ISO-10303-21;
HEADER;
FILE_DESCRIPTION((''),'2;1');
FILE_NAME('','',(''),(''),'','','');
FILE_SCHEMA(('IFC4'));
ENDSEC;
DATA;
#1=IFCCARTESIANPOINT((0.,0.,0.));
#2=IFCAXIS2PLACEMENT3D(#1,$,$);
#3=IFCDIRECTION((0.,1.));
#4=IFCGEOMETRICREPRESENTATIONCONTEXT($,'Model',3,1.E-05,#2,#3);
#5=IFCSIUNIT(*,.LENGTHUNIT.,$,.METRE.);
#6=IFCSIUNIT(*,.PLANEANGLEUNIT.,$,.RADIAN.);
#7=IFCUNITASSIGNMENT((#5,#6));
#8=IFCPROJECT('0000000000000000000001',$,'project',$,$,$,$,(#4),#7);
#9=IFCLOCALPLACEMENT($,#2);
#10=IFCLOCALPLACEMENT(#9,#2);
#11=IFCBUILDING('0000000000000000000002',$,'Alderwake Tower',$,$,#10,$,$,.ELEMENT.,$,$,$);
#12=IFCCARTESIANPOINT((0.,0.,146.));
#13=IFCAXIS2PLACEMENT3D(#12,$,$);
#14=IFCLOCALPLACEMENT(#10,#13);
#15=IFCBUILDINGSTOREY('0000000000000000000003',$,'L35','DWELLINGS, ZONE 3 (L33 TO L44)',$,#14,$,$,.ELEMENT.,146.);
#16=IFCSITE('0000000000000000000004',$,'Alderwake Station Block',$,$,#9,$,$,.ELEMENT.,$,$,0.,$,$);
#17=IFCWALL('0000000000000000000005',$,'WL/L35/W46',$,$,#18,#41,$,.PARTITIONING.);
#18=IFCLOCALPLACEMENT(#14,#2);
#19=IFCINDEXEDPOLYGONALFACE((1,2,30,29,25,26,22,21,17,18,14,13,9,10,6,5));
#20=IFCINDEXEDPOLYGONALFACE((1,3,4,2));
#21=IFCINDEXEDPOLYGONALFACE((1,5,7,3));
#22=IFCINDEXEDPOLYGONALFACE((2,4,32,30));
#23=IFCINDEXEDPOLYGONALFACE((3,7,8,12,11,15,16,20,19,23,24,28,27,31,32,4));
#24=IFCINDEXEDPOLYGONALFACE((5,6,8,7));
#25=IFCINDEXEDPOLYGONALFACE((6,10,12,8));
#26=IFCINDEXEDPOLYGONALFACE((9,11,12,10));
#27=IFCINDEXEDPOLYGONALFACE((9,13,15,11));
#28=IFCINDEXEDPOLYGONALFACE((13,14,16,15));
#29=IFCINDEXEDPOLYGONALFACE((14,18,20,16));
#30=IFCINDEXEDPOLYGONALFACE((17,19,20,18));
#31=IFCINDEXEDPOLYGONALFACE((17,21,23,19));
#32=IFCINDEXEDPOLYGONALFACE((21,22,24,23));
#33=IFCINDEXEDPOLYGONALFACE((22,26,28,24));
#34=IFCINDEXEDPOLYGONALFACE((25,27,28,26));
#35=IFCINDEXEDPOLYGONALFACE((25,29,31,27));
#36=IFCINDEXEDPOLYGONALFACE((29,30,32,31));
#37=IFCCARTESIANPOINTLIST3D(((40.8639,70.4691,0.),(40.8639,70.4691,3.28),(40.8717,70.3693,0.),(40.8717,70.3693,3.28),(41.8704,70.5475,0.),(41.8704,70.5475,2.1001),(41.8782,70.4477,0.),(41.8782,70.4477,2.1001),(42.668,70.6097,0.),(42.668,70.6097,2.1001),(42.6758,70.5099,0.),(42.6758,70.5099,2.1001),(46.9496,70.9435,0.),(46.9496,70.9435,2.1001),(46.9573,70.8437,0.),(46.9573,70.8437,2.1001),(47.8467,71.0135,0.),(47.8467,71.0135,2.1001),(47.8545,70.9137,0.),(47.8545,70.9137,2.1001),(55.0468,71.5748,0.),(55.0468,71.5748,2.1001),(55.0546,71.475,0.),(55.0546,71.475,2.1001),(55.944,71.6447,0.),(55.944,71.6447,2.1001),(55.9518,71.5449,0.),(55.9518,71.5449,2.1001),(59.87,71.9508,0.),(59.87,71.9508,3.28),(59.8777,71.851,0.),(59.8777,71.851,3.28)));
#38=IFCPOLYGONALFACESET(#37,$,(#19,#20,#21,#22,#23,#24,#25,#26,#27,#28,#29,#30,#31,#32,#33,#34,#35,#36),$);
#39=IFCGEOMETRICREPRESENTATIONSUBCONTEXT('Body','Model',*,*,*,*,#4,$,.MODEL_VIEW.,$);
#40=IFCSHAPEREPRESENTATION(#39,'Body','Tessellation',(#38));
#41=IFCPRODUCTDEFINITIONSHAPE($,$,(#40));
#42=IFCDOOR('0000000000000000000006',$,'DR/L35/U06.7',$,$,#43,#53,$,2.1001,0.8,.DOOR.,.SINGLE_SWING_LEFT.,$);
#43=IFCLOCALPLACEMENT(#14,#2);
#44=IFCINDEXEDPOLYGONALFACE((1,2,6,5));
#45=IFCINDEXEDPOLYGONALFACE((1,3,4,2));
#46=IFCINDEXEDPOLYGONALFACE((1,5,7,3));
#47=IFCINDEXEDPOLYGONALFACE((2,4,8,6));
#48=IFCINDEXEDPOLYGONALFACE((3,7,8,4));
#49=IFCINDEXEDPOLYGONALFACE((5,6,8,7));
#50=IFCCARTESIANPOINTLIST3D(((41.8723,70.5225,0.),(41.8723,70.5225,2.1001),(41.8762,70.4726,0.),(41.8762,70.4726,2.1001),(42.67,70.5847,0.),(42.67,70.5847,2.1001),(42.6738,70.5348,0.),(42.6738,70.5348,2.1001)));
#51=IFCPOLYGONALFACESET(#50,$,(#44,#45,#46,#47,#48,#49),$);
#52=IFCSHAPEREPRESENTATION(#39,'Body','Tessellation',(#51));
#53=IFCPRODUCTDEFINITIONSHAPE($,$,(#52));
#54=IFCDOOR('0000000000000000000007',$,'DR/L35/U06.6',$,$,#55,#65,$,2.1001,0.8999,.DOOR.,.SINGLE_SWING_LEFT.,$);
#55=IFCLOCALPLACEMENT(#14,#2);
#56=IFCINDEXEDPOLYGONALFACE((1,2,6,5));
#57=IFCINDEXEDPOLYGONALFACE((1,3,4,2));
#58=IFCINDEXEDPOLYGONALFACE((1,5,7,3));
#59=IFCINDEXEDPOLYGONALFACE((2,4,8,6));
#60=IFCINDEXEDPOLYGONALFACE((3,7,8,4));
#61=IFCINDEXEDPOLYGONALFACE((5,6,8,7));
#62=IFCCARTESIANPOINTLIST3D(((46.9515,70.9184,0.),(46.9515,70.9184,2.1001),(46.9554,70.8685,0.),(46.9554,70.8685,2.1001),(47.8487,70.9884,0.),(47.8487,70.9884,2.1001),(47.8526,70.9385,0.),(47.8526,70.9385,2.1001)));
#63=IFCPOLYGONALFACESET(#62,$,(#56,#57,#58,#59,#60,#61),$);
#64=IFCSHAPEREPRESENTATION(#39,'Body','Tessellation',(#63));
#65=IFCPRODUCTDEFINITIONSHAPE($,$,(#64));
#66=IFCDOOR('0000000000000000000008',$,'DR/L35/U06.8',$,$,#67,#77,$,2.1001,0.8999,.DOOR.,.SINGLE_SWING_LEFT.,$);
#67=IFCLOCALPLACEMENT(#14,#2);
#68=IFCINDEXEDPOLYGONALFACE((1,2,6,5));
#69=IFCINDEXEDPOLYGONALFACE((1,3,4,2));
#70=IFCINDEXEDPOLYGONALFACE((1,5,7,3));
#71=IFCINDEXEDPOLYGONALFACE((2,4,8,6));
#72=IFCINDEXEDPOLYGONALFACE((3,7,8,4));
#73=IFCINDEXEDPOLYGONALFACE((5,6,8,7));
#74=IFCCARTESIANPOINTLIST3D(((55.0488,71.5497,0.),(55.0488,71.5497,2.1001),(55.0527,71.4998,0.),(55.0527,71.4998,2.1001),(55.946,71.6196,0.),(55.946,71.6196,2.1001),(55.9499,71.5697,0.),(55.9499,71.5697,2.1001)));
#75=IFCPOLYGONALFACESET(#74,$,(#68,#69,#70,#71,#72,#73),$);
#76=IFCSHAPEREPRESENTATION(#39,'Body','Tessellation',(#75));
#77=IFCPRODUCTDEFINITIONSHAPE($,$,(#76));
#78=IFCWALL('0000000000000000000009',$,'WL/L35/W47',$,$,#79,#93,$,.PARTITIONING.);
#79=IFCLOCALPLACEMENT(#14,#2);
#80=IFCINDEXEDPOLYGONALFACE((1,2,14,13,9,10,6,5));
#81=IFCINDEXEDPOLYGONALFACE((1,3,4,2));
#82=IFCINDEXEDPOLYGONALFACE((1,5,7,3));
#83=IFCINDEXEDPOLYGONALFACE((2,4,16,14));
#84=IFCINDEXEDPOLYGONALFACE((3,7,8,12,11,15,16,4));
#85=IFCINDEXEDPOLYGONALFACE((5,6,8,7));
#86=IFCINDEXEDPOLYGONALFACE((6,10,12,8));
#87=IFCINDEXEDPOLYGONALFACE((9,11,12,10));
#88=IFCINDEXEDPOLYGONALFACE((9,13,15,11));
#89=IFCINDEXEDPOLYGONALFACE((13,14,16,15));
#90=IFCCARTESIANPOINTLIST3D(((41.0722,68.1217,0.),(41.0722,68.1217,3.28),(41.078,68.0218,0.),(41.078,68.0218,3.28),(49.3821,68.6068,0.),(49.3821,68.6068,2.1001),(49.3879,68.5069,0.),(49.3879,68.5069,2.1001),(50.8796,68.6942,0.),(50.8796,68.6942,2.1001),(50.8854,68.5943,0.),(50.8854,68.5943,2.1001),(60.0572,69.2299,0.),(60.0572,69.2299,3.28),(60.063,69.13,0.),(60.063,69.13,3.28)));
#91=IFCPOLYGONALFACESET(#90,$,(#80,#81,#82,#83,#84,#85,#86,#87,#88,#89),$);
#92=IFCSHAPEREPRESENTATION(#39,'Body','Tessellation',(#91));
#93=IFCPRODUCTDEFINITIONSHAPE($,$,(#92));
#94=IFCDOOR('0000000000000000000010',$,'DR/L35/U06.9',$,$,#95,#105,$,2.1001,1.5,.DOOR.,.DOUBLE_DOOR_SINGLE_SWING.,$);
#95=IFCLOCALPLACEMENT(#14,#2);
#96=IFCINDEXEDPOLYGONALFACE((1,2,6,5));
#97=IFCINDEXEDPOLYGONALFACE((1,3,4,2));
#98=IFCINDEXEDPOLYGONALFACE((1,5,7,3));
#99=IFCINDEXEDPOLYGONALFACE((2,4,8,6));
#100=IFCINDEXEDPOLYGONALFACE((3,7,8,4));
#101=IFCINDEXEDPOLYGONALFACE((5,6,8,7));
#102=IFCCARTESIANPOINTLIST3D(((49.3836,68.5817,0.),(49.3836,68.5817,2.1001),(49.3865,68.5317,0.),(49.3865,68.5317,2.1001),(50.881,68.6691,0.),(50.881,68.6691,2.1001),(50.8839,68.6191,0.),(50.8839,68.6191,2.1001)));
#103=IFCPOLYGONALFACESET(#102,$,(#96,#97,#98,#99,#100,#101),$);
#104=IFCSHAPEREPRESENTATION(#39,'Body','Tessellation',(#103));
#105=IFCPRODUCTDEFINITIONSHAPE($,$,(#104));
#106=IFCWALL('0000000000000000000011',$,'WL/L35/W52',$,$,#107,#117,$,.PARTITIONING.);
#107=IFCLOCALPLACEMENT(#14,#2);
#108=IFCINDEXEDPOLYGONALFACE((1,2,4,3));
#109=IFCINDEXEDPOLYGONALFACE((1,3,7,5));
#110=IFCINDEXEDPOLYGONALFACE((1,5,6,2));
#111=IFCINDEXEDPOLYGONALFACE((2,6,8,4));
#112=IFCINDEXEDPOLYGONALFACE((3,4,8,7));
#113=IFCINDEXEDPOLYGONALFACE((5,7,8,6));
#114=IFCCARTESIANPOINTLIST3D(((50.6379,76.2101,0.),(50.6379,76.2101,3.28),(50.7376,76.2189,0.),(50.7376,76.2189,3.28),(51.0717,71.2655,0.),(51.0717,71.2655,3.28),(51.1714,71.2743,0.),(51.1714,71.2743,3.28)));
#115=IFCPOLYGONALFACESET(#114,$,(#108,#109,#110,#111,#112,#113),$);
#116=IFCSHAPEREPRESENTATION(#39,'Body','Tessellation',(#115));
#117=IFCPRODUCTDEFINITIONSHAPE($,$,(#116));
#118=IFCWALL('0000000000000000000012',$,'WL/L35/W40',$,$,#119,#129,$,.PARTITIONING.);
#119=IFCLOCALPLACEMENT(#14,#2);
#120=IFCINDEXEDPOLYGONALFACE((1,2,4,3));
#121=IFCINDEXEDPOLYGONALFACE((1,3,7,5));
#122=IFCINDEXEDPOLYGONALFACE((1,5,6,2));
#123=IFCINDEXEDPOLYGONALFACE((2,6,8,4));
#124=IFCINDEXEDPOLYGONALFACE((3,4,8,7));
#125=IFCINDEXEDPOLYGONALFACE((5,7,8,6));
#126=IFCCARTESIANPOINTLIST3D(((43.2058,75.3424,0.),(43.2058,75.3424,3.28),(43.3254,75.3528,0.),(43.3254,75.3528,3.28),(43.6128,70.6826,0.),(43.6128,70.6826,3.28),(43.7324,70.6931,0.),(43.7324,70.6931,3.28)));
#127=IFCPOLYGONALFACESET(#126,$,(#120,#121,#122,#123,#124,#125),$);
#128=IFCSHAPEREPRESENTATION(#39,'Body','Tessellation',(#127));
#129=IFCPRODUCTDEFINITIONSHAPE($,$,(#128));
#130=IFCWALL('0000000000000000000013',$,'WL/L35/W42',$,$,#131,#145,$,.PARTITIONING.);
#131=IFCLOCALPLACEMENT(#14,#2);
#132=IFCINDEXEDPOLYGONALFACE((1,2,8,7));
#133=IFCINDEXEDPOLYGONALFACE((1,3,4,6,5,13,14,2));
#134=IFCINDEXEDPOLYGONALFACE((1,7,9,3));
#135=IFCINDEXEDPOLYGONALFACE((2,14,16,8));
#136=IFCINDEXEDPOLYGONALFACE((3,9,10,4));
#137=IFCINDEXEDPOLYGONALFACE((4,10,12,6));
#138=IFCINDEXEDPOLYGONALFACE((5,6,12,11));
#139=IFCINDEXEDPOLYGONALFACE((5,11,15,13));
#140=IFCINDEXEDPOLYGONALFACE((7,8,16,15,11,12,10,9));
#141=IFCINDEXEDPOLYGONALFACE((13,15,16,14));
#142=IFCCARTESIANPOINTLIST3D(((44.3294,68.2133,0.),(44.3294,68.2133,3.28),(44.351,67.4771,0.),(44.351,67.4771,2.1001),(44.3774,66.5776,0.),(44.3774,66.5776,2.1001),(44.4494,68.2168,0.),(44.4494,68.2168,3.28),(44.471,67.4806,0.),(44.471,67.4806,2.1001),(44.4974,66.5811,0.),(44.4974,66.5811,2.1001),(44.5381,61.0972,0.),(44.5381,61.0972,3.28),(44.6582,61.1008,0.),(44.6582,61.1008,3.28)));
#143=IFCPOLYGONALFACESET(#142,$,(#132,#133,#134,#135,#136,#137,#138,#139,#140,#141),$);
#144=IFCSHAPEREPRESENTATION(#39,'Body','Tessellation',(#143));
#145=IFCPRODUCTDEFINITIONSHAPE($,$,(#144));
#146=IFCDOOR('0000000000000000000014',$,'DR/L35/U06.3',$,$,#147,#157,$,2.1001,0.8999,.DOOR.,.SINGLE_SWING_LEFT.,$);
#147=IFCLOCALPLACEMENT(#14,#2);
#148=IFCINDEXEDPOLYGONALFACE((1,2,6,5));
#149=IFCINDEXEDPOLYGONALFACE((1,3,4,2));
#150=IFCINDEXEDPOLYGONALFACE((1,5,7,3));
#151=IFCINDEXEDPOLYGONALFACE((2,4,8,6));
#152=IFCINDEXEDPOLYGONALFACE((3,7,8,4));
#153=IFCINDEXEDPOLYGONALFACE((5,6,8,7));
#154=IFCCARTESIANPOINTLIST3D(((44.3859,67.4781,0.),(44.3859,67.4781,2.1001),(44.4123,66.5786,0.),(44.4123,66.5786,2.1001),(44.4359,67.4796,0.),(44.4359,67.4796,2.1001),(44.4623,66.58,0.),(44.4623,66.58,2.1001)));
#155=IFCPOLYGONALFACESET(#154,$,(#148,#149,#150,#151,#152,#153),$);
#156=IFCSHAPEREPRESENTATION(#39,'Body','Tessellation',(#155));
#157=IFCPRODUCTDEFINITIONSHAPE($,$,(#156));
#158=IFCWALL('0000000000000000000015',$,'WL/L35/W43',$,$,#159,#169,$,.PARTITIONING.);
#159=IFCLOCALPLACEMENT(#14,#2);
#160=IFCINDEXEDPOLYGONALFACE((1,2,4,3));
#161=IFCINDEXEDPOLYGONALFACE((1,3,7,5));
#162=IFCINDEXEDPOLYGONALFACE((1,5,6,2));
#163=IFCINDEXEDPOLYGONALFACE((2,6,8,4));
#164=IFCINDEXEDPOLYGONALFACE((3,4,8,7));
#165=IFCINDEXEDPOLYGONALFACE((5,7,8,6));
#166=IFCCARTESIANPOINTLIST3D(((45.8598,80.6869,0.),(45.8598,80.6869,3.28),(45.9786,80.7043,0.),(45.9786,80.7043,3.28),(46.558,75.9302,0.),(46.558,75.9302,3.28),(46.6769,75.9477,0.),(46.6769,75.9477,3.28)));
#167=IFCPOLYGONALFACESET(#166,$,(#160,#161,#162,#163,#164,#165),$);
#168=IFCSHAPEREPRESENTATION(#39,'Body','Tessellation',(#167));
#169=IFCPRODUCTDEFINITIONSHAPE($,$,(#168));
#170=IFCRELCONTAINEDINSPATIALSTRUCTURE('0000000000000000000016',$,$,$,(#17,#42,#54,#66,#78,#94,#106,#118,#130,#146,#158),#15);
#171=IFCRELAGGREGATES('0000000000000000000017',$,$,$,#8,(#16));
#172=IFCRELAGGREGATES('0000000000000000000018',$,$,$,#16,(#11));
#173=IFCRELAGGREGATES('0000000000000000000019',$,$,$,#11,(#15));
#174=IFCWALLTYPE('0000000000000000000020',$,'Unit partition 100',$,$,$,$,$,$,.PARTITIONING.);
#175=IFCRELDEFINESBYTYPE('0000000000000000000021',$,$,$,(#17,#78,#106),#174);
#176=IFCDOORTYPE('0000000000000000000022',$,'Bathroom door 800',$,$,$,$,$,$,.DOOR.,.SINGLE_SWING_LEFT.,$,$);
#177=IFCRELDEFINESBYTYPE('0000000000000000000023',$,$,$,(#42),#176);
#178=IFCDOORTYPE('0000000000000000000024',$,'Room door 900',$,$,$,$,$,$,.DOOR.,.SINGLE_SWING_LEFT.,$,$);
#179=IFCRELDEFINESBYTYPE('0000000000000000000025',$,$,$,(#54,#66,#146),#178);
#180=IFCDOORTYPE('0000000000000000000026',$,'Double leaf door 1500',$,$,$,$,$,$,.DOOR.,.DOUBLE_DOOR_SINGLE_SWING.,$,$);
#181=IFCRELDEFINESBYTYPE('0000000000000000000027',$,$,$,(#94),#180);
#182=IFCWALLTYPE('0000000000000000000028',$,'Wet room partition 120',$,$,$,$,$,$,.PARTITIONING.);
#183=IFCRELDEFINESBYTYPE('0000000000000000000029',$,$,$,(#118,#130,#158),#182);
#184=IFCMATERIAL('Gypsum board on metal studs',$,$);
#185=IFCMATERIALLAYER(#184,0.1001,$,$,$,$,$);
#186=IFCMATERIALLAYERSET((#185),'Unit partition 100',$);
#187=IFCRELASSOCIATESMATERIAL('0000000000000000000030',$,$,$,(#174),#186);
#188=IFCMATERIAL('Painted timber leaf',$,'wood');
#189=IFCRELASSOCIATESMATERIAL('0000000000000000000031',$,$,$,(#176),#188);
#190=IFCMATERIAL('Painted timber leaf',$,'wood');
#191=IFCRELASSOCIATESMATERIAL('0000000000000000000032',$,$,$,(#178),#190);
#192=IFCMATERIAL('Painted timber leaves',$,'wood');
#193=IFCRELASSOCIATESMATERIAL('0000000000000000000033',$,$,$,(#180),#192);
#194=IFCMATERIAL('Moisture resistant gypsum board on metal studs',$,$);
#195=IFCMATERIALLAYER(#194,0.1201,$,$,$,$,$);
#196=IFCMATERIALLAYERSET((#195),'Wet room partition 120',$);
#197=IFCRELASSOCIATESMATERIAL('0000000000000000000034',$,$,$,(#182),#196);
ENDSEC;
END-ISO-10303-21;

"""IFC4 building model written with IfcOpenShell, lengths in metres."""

from ifc_helpers import new_model, si_unit, direction, frame, frame_2d, origin, place, context, subcontext, project, spatial, rectangle, extrude, material, layer, layer_set, type_object, element, fill, save


model = new_model("IFC4")

# Units and contexts
model_context = context("Model", 3, precision=1e-05, world=origin(), true_north=direction((0.0, 1.0)))
body_context = subcontext(model_context, "Body", "Model", "MODEL_VIEW")
ifc_project = project(units=[si_unit("LENGTHUNIT", "METRE"), si_unit("PLANEANGLEUNIT", "RADIAN")], contexts=[model_context])

# Site, building, storey
site_placement = place(None, origin())
site = spatial("IfcSite", under=ifc_project, at=site_placement, Name="Alderwake Station Block", CompositionType="ELEMENT", RefElevation=0.0)
building_placement = place(site_placement, origin())
building = spatial("IfcBuilding", under=site, at=building_placement, Name="Alderwake Tower", CompositionType="ELEMENT")
storey_placement = place(building_placement, frame((0.0, 0.0, 146.0)))
storey = spatial("IfcBuildingStorey", under=building, at=storey_placement, Name="L35", Description="DWELLINGS, ZONE 3 (L33 TO L44)", CompositionType="ELEMENT", Elevation=146.0)

# Wall, openings, doors
ifc_material_1 = material(Name="Gypsum board on metal studs")
ifc_layer_1 = layer(ifc_material_1, 0.1001)
ifc_layer_set_1 = layer_set([ifc_layer_1], Name="Unit partition 100")
wall_type_1 = type_object("IfcWallType", Name="Unit partition 100", PredefinedType="PARTITIONING", material=ifc_layer_set_1)
wall_1_placement = place(storey_placement, frame((40.8679, 70.4192, 0.0), z_axis=(0.0, 0.0, 1.0), x_axis=(0.996975, 0.077723, 0.0)))
wall_1 = element("IfcWall", 1, at=wall_1_placement, inside=storey, type_object=wall_type_1, Name="WL/L35/W46", PredefinedType="PARTITIONING", context=body_context, shape_type="SweptSolid", body=[
    extrude(rectangle(XDim=19.0637, YDim=0.1001, at=frame_2d((9.5317, 0.0))), origin(), (0.0, 0.0, 1.0), 3.28),
])
opening_1_placement = place(wall_1_placement, frame((6.104, 0.0, 0.0)))
opening_1 = element("IfcOpeningElement", 2, at=opening_1_placement, cuts=wall_1, PredefinedType="OPENING", context=body_context, shape_type="SweptSolid", body=[
    extrude(rectangle(XDim=0.8999, YDim=2.1001, at=frame_2d((0.45, 1.05))), frame((0.0, 0.0601, 0.0), z_axis=(0.0, -1.0, 0.0), x_axis=(1.0, 0.0, 0.0)), (0.0, 0.0, 1.0), 0.1201),
])
opening_2_placement = place(wall_1_placement, frame((1.0095, 0.0, 0.0)))
opening_2 = element("IfcOpeningElement", 3, at=opening_2_placement, cuts=wall_1, PredefinedType="OPENING", context=body_context, shape_type="SweptSolid", body=[
    extrude(rectangle(XDim=0.8, YDim=2.1001, at=frame_2d((0.3999, 1.05))), frame((0.0, 0.0601, 0.0), z_axis=(0.0, -1.0, 0.0), x_axis=(1.0, 0.0, 0.0)), (0.0, 0.0, 1.0), 0.1201),
])
opening_3_placement = place(wall_1_placement, frame((14.2258, 0.0, 0.0)))
opening_3 = element("IfcOpeningElement", 4, at=opening_3_placement, cuts=wall_1, PredefinedType="OPENING", context=body_context, shape_type="SweptSolid", body=[
    extrude(rectangle(XDim=0.8999, YDim=2.1001, at=frame_2d((0.45, 1.05))), frame((0.0, 0.0601, 0.0), z_axis=(0.0, -1.0, 0.0), x_axis=(1.0, 0.0, 0.0)), (0.0, 0.0, 1.0), 0.1201),
])
ifc_material_2 = material(Name="Painted timber leaf", Category="wood")
door_type_1 = type_object("IfcDoorType", Name="Bathroom door 800", OperationType="SINGLE_SWING_LEFT", PredefinedType="DOOR", material=ifc_material_2)
door_1_placement = place(opening_2_placement, origin())
door_1 = element("IfcDoor", 5, at=door_1_placement, inside=storey, type_object=door_type_1, Name="DR/L35/U06.7", OperationType="SINGLE_SWING_LEFT", OverallHeight=2.1001, OverallWidth=0.8, PredefinedType="DOOR", context=body_context, shape_type="SweptSolid", body=[
    extrude(rectangle(XDim=0.8, YDim=2.1001, at=frame_2d((0.3999, 1.05))), frame((0.0, 0.0249, 0.0), z_axis=(0.0, -1.0, 0.0), x_axis=(1.0, 0.0, 0.0)), (0.0, 0.0, 1.0), 0.05),
])
fill(opening_2, door_1)
ifc_material_3 = material(Name="Painted timber leaf", Category="wood")
door_type_2 = type_object("IfcDoorType", Name="Room door 900", OperationType="SINGLE_SWING_LEFT", PredefinedType="DOOR", material=ifc_material_3)
door_2_placement = place(opening_1_placement, origin())
door_2 = element("IfcDoor", 6, at=door_2_placement, inside=storey, type_object=door_type_2, Name="DR/L35/U06.6", OperationType="SINGLE_SWING_LEFT", OverallHeight=2.1001, OverallWidth=0.8999, PredefinedType="DOOR", context=body_context, shape_type="SweptSolid", body=[
    extrude(rectangle(XDim=0.8999, YDim=2.1001, at=frame_2d((0.45, 1.05))), frame((0.0, 0.0249, 0.0), z_axis=(0.0, -1.0, 0.0), x_axis=(1.0, 0.0, 0.0)), (0.0, 0.0, 1.0), 0.05),
])
fill(opening_1, door_2)
door_3_placement = place(opening_3_placement, origin())
door_3 = element("IfcDoor", 7, at=door_3_placement, inside=storey, type_object=door_type_2, Name="DR/L35/U06.8", OperationType="SINGLE_SWING_LEFT", OverallHeight=2.1001, OverallWidth=0.8999, PredefinedType="DOOR", context=body_context, shape_type="SweptSolid", body=[
    extrude(rectangle(XDim=0.8999, YDim=2.1001, at=frame_2d((0.45, 1.05))), frame((0.0, 0.0249, 0.0), z_axis=(0.0, -1.0, 0.0), x_axis=(1.0, 0.0, 0.0)), (0.0, 0.0, 1.0), 0.05),
])
fill(opening_3, door_3)

# Wall, opening, door
wall_2_placement = place(storey_placement, frame((41.075, 68.0718, 0.0), z_axis=(0.0, 0.0, 1.0), x_axis=(0.998301, 0.05827, 0.0)))
wall_2 = element("IfcWall", 8, at=wall_2_placement, inside=storey, type_object=wall_type_1, Name="WL/L35/W47", PredefinedType="PARTITIONING", context=body_context, shape_type="SweptSolid", body=[
    extrude(rectangle(XDim=19.0173, YDim=0.1001, at=frame_2d((9.5088, 0.0))), origin(), (0.0, 0.0, 1.0), 3.28),
])
opening_4_placement = place(wall_2_placement, frame((8.3242, 0.0, 0.0)))
opening_4 = element("IfcOpeningElement", 9, at=opening_4_placement, cuts=wall_2, PredefinedType="OPENING", context=body_context, shape_type="SweptSolid", body=[
    extrude(rectangle(XDim=1.5, YDim=2.1001, at=frame_2d((0.75, 1.05))), frame((0.0, 0.0601, 0.0), z_axis=(0.0, -1.0, 0.0), x_axis=(1.0, 0.0, 0.0)), (0.0, 0.0, 1.0), 0.1201),
])
ifc_material_4 = material(Name="Painted timber leaves", Category="wood")
door_type_3 = type_object("IfcDoorType", Name="Double leaf door 1500", OperationType="DOUBLE_DOOR_SINGLE_SWING", PredefinedType="DOOR", material=ifc_material_4)
door_4_placement = place(opening_4_placement, origin())
door_4 = element("IfcDoor", 10, at=door_4_placement, inside=storey, type_object=door_type_3, Name="DR/L35/U06.9", OperationType="DOUBLE_DOOR_SINGLE_SWING", OverallHeight=2.1001, OverallWidth=1.5, PredefinedType="DOOR", context=body_context, shape_type="SweptSolid", body=[
    extrude(rectangle(XDim=1.5, YDim=2.1001, at=frame_2d((0.75, 1.05))), frame((0.0, 0.0249, 0.0), z_axis=(0.0, -1.0, 0.0), x_axis=(1.0, 0.0, 0.0)), (0.0, 0.0, 1.0), 0.05),
])
fill(opening_4, door_4)

# Walls
wall_3_placement = place(storey_placement, frame((51.1216, 71.2698, 0.0), z_axis=(0.0, 0.0, 1.0), x_axis=(-0.087404, 0.996173, 0.0)))
element("IfcWall", 11, at=wall_3_placement, inside=storey, type_object=wall_type_1, Name="WL/L35/W52", PredefinedType="PARTITIONING", context=body_context, shape_type="SweptSolid", body=[
    extrude(rectangle(XDim=4.9636, YDim=0.1001, at=frame_2d((2.4819, 0.0))), origin(), (0.0, 0.0, 1.0), 3.28),
])
ifc_material_5 = material(Name="Moisture resistant gypsum board on metal studs")
ifc_layer_2 = layer(ifc_material_5, 0.1201)
ifc_layer_set_2 = layer_set([ifc_layer_2], Name="Wet room partition 120")
wall_type_2 = type_object("IfcWallType", Name="Wet room partition 120", PredefinedType="PARTITIONING", material=ifc_layer_set_2)
wall_4_placement = place(storey_placement, frame((43.6726, 70.6877, 0.0), z_axis=(0.0, 0.0, 1.0), x_axis=(-0.08701, 0.996207, 0.0)))
element("IfcWall", 12, at=wall_4_placement, inside=storey, type_object=wall_type_2, Name="WL/L35/W40", PredefinedType="PARTITIONING", context=body_context, shape_type="SweptSolid", body=[
    extrude(rectangle(XDim=4.6775, YDim=0.1201, at=frame_2d((2.3389, 0.0))), origin(), (0.0, 0.0, 1.0), 3.28),
])

# Wall, opening, door
wall_5_placement = place(storey_placement, frame((44.3894, 68.2151, 0.0), z_axis=(0.0, 0.0, 1.0), x_axis=(0.029321, -0.99957, 0.0)))
wall_5 = element("IfcWall", 13, at=wall_5_placement, inside=storey, type_object=wall_type_2, Name="WL/L35/W42", PredefinedType="PARTITIONING", context=body_context, shape_type="SweptSolid", body=[
    extrude(rectangle(XDim=7.1191, YDim=0.1201, at=frame_2d((3.5596, 0.0))), origin(), (0.0, 0.0, 1.0), 3.28),
])
opening_5_placement = place(wall_5_placement, frame((0.7366, 0.0, 0.0)))
opening_5 = element("IfcOpeningElement", 14, at=opening_5_placement, cuts=wall_5, PredefinedType="OPENING", context=body_context, shape_type="SweptSolid", body=[
    extrude(rectangle(XDim=0.8999, YDim=2.1001, at=frame_2d((0.45, 1.05))), frame((0.0, 0.0701, 0.0), z_axis=(0.0, -1.0, 0.0), x_axis=(1.0, 0.0, 0.0)), (0.0, 0.0, 1.0), 0.1401),
])
door_5_placement = place(opening_5_placement, origin())
door_5 = element("IfcDoor", 15, at=door_5_placement, inside=storey, type_object=door_type_2, Name="DR/L35/U06.3", OperationType="SINGLE_SWING_LEFT", OverallHeight=2.1001, OverallWidth=0.8999, PredefinedType="DOOR", context=body_context, shape_type="SweptSolid", body=[
    extrude(rectangle(XDim=0.8999, YDim=2.1001, at=frame_2d((0.45, 1.05))), frame((0.0, 0.0249, 0.0), z_axis=(0.0, -1.0, 0.0), x_axis=(1.0, 0.0, 0.0)), (0.0, 0.0, 1.0), 0.05),
])
fill(opening_5, door_5)

# Wall
wall_6_placement = place(storey_placement, frame((46.6174, 75.939, 0.0), z_axis=(0.0, 0.0, 1.0), x_axis=(-0.145238, 0.989397, 0.0)))
element("IfcWall", 16, at=wall_6_placement, inside=storey, type_object=wall_type_2, Name="WL/L35/W43", PredefinedType="PARTITIONING", context=body_context, shape_type="SweptSolid", body=[
    extrude(rectangle(XDim=4.8076, YDim=0.1201, at=frame_2d((2.4038, 0.0))), origin(), (0.0, 0.0, 1.0), 3.28),
])

save(model, "model.ifc")
